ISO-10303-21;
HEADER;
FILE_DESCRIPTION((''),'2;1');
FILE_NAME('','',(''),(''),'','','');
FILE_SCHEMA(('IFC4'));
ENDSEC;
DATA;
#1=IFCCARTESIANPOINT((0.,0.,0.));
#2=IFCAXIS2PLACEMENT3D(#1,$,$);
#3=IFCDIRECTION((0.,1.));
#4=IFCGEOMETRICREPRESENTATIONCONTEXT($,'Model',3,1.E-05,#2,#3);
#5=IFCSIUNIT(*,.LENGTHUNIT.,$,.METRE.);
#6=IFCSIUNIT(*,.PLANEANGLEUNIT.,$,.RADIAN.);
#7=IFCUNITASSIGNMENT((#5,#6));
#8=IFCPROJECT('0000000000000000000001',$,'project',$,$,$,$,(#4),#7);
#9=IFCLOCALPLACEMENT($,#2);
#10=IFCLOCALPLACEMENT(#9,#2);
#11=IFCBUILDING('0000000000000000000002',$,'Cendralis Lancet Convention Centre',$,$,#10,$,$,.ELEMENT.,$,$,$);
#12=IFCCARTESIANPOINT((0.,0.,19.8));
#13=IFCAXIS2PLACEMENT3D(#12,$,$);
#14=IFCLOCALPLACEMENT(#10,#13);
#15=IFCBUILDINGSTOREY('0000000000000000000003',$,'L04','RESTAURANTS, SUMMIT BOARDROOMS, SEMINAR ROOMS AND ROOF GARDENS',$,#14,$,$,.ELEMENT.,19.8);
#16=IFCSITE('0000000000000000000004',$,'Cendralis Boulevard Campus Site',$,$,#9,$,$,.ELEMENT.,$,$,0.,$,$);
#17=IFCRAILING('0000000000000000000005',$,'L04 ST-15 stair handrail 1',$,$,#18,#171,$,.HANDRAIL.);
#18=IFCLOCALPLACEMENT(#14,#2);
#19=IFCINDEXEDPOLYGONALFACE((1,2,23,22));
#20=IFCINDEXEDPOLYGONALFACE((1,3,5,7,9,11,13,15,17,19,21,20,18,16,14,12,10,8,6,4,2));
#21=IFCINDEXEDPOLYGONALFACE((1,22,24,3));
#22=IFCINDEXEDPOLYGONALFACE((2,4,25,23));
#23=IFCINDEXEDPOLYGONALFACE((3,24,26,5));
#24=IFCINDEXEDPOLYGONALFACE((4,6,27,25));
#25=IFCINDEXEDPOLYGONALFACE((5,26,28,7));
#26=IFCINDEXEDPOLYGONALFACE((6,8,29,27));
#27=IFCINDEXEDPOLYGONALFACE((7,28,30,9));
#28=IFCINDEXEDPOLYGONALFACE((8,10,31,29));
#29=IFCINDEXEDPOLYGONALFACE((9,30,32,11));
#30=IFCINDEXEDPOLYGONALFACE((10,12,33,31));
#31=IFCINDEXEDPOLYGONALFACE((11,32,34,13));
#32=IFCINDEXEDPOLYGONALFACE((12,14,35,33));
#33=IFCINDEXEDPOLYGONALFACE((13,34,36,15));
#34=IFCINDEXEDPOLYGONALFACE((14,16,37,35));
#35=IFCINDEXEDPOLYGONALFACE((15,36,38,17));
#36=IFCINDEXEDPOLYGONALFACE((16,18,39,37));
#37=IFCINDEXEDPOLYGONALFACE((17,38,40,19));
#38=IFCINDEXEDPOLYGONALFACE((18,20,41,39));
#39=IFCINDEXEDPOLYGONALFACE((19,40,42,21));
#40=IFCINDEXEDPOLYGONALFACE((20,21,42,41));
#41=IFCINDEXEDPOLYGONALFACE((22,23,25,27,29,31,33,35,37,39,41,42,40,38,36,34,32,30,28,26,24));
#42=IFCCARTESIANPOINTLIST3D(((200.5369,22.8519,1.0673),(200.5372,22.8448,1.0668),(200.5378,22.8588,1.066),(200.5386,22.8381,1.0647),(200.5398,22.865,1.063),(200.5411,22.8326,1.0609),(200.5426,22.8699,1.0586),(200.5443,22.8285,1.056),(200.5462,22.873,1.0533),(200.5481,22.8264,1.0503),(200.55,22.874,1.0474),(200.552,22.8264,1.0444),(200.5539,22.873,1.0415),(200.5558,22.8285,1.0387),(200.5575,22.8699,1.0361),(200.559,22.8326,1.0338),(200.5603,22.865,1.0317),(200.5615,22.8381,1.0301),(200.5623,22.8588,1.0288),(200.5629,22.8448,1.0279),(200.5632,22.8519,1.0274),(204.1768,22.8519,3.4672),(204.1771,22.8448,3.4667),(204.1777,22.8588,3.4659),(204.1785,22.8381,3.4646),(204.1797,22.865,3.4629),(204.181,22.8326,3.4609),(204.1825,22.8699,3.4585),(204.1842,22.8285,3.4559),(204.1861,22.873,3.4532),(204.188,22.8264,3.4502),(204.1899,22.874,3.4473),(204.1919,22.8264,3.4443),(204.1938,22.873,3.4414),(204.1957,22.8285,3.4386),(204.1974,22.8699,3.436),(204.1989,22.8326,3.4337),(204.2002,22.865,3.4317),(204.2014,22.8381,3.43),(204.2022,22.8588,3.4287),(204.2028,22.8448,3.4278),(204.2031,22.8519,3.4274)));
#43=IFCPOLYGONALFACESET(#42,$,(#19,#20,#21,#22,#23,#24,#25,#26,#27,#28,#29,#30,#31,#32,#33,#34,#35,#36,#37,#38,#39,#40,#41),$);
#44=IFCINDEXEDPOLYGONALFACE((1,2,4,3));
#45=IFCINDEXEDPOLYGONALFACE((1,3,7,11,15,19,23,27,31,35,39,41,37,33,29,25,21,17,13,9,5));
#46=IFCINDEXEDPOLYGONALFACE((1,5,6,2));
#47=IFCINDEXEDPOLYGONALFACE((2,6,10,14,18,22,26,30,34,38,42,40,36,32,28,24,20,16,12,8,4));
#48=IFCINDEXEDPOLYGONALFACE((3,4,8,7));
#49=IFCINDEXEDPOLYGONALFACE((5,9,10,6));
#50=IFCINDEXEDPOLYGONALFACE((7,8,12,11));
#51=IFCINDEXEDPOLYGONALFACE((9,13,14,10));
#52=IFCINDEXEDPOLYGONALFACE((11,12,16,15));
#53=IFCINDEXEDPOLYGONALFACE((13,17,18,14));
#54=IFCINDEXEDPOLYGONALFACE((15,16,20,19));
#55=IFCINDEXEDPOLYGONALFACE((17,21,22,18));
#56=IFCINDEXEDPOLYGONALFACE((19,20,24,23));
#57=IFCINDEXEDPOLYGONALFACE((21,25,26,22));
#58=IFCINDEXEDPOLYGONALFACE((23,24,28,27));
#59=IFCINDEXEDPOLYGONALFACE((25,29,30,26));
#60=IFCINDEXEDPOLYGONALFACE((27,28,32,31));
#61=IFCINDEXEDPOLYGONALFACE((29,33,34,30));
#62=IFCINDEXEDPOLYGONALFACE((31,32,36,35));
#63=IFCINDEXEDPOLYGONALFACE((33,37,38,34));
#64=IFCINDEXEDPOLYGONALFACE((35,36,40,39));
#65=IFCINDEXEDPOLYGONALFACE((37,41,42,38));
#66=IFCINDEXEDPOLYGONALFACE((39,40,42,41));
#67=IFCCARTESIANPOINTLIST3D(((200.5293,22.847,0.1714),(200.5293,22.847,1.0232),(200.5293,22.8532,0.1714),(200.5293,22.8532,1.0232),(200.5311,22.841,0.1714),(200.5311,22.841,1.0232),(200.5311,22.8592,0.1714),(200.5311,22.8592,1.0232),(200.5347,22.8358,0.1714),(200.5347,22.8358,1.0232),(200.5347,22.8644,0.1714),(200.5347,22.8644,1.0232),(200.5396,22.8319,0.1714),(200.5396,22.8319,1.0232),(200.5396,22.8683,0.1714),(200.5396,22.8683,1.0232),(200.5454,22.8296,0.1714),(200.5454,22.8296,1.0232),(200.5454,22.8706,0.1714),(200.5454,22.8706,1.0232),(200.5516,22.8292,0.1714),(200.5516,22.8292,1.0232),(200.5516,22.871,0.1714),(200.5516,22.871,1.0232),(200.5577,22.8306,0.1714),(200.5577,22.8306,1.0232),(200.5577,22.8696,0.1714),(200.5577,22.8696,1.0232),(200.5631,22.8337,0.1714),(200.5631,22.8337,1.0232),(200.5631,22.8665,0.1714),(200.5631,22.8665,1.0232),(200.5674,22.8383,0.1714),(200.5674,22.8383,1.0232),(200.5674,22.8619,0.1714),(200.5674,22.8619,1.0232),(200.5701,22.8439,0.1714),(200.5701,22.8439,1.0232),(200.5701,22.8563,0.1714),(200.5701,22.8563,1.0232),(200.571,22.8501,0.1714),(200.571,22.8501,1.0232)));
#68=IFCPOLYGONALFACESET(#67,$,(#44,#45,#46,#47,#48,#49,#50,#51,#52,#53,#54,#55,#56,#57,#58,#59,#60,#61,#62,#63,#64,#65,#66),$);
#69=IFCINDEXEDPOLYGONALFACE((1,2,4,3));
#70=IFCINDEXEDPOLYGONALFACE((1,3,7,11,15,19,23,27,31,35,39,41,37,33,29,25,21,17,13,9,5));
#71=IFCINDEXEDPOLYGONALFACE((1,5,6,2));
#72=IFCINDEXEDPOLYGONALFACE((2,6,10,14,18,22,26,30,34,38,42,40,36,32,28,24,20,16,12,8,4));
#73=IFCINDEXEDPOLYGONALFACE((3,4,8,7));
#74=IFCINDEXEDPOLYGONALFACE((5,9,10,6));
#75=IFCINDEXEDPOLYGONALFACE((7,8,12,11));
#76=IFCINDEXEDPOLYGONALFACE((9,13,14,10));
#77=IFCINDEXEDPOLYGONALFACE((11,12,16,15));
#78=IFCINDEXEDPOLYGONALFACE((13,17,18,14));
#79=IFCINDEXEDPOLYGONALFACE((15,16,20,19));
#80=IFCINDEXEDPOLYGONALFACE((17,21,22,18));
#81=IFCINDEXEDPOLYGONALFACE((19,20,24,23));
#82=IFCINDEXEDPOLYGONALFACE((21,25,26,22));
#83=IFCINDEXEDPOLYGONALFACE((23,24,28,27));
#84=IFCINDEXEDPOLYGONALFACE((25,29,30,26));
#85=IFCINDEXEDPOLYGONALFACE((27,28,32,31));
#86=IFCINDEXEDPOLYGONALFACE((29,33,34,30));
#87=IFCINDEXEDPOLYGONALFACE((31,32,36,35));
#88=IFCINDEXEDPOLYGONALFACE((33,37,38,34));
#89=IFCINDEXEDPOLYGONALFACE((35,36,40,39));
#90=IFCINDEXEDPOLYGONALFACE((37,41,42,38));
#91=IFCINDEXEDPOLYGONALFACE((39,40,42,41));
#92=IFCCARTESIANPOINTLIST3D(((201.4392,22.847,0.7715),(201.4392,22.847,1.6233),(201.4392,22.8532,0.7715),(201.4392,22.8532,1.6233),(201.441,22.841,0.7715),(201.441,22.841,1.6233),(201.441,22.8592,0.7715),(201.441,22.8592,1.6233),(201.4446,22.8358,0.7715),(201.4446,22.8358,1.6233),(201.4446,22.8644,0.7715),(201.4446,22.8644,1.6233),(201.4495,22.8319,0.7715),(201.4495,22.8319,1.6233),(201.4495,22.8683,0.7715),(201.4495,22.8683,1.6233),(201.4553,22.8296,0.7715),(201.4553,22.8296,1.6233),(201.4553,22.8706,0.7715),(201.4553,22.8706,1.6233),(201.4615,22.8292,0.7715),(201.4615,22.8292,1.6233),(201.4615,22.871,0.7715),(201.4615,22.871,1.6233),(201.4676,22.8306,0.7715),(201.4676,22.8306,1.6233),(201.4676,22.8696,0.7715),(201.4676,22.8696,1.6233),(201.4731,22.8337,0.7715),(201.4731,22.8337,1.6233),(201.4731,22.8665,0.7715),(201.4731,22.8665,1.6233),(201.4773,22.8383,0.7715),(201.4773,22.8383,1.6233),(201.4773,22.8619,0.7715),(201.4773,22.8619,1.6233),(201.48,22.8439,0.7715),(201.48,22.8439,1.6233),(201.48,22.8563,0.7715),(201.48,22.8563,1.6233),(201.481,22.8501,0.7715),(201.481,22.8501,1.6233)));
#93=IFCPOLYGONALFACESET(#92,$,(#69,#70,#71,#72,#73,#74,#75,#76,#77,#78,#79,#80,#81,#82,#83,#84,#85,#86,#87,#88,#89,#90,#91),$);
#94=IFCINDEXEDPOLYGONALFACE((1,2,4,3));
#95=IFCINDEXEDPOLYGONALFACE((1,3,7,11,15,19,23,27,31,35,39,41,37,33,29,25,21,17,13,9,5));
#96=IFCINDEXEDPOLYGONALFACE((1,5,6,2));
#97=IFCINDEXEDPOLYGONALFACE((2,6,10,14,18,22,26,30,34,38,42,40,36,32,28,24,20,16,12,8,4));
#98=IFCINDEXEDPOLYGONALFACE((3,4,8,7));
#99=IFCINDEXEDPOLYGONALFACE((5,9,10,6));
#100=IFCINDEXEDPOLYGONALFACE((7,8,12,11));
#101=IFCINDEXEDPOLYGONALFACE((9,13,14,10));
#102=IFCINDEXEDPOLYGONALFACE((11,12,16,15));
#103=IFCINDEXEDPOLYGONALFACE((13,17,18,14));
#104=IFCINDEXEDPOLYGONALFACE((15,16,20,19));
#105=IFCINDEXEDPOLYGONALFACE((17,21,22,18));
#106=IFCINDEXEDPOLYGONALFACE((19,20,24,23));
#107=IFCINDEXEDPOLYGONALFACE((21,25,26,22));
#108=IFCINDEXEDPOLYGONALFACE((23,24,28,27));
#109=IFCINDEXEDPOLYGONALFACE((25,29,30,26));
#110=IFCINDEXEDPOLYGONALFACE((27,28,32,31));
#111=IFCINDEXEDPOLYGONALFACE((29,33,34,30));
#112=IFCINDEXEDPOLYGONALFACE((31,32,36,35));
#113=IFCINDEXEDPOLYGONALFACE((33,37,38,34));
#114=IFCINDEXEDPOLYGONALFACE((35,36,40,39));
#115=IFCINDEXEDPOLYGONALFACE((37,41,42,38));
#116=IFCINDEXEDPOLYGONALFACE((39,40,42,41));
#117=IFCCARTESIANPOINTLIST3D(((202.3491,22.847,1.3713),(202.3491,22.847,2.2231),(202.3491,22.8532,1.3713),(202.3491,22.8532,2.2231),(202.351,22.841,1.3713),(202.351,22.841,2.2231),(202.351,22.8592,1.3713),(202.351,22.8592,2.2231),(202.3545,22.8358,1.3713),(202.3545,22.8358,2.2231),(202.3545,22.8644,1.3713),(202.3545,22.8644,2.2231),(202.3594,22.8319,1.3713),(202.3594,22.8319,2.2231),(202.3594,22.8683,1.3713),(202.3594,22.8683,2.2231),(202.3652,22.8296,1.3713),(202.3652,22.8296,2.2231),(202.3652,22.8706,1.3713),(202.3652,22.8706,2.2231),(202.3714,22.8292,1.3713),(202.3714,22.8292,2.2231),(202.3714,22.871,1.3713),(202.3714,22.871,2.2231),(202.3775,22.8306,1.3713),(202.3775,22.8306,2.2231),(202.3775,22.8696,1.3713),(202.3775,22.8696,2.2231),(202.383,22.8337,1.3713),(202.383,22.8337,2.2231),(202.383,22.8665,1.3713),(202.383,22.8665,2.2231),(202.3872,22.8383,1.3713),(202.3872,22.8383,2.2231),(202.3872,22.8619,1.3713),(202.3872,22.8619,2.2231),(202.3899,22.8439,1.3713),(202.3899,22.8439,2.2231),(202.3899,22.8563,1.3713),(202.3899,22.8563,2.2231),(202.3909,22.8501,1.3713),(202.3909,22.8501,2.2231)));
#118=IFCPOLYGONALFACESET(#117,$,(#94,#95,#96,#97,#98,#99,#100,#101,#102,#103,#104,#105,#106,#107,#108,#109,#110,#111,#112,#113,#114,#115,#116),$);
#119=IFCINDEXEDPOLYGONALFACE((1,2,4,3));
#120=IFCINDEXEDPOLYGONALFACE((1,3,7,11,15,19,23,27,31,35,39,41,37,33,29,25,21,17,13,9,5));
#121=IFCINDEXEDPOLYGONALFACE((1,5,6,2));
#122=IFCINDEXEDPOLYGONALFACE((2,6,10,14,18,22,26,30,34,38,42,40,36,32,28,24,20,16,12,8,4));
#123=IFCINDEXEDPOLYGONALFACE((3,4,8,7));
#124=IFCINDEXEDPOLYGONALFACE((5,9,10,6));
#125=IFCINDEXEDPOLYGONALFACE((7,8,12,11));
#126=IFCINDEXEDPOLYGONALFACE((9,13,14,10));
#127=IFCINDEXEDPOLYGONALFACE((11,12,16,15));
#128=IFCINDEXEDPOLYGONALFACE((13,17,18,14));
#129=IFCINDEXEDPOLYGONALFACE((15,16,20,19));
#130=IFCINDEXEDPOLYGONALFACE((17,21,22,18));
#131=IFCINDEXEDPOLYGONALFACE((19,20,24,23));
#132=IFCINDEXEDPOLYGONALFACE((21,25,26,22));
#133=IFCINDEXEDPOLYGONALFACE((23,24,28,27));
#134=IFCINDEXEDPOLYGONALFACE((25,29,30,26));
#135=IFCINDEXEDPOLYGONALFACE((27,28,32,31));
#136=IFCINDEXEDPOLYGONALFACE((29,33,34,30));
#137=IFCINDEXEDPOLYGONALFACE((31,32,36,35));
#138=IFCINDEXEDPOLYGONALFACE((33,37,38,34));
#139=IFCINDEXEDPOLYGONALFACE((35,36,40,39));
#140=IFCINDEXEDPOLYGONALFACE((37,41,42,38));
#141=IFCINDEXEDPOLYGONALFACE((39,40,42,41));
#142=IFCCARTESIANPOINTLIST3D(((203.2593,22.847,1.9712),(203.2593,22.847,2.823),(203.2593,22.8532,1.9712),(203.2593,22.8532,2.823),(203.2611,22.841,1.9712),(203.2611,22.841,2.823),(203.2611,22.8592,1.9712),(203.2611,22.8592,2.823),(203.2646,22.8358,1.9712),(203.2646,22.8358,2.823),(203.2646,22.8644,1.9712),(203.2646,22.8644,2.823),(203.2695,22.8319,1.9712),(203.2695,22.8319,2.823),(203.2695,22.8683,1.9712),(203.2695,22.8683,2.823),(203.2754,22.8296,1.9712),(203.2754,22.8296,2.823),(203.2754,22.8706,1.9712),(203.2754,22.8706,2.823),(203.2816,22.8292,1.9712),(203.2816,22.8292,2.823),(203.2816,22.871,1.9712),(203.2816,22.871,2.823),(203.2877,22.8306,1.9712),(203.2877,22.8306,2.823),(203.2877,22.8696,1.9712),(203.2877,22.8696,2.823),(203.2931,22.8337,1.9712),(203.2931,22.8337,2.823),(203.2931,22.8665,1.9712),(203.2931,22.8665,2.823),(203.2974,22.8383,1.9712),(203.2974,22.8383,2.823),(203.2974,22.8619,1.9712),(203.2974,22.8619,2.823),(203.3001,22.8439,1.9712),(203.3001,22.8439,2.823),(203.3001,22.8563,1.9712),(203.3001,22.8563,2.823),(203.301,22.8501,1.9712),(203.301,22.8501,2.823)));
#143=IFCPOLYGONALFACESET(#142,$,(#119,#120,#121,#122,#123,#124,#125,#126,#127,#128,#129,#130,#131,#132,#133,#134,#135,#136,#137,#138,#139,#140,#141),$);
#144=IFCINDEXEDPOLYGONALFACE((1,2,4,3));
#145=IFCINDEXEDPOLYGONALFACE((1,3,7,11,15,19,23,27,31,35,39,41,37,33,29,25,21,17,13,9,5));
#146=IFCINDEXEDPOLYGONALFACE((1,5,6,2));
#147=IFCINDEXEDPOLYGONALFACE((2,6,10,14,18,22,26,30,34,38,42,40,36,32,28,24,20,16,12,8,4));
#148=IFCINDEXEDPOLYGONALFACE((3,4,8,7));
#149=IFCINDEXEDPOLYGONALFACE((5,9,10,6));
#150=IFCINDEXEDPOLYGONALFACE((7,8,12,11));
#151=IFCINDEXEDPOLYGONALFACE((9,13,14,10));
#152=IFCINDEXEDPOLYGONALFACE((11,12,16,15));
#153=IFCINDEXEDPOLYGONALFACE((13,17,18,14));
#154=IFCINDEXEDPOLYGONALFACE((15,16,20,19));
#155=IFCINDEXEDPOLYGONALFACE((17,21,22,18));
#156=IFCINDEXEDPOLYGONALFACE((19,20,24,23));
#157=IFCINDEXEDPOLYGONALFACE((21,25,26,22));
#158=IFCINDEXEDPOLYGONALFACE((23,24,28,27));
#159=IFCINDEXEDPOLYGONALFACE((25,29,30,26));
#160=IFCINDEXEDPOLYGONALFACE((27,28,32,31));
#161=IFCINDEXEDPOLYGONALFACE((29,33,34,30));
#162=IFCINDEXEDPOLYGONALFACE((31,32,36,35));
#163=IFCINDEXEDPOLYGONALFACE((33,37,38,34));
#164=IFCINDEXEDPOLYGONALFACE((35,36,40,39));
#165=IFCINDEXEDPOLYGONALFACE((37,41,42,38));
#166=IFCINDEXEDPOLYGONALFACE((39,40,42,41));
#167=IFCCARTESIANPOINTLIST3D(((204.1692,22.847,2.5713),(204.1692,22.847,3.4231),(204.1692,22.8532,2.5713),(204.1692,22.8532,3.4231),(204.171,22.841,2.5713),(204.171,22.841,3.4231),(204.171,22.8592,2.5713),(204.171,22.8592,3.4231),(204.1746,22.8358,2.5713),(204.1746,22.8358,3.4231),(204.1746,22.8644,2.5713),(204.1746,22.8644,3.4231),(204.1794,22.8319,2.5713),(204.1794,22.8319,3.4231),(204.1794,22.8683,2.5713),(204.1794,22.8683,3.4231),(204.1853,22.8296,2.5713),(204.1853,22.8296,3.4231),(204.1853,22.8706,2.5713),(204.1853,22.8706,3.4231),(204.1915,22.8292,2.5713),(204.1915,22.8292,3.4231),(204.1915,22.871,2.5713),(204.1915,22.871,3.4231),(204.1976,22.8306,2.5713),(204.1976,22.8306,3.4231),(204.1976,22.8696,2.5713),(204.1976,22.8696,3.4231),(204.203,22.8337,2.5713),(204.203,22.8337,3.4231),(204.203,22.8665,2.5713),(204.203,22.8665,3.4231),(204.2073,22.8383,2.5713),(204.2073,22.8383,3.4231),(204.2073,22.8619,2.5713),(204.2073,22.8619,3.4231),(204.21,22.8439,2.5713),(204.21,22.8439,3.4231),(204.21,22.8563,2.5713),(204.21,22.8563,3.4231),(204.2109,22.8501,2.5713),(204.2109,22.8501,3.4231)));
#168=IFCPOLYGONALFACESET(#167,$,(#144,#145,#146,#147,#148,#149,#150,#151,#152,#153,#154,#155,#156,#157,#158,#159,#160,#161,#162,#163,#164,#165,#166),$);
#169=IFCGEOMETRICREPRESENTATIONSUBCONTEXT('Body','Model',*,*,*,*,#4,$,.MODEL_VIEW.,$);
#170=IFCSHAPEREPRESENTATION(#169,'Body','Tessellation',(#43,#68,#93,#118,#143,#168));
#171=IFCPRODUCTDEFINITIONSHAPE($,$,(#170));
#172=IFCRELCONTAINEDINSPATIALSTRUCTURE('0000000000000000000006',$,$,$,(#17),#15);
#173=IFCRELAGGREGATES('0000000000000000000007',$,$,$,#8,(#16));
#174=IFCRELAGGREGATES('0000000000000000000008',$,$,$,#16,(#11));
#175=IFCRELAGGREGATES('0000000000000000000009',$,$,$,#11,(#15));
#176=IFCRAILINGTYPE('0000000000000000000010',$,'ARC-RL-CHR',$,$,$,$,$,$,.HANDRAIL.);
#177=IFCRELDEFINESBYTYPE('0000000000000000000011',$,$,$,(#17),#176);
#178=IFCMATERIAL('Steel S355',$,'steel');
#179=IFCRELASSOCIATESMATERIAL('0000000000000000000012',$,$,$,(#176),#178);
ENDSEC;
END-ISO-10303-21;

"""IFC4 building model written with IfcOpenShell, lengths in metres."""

from ifc_helpers import new_model, si_unit, direction, frame, origin, origin_2d, place, context, subcontext, project, spatial, circle, extrude, material, type_object, element, save


model = new_model("IFC4")

# Units and contexts
model_context = context("Model", 3, precision=1e-05, world=origin(), true_north=direction((0.0, 1.0)))
body_context = subcontext(model_context, "Body", "Model", "MODEL_VIEW")
ifc_project = project(units=[si_unit("LENGTHUNIT", "METRE"), si_unit("PLANEANGLEUNIT", "RADIAN")], contexts=[model_context])

# Site, building, storey
site_placement = place(None, origin())
site = spatial("IfcSite", under=ifc_project, at=site_placement, Name="Cendralis Boulevard Campus Site", CompositionType="ELEMENT", RefElevation=0.0)
building_placement = place(site_placement, origin())
building = spatial("IfcBuilding", under=site, at=building_placement, Name="Cendralis Lancet Convention Centre", CompositionType="ELEMENT")
storey_placement = place(building_placement, frame((0.0, 0.0, 19.8)))
storey = spatial("IfcBuildingStorey", under=building, at=storey_placement, Name="L04", Description="RESTAURANTS, SUMMIT BOARDROOMS, SEMINAR ROOMS AND ROOF GARDENS", CompositionType="ELEMENT", Elevation=19.8)

# Shared definitions
ifc_material_1 = material(Name="Steel S355", Category="steel")

# Railing
railing_type_1 = type_object("IfcRailingType", Name="ARC-RL-CHR", PredefinedType="HANDRAIL", material=ifc_material_1)
railing_1_placement = place(storey_placement, frame((200.55, 22.8501, 0.1714)))
element("IfcRailing", 1, at=railing_1_placement, inside=storey, type_object=railing_type_1, Name="L04 ST-15 stair handrail 1", PredefinedType="HANDRAIL", context=body_context, shape_type="SweptSolid", body=[
    extrude(circle(Radius=0.0239, at=origin_2d()), frame((0.0, 0.0, 0.876), z_axis=(0.834865, 0.0, 0.550454), x_axis=(0.0, 1.0, 0.0)), (0.0, 0.0, 1.0), 4.3599),
    extrude(circle(Radius=0.021, at=origin_2d()), origin(), (0.0, 0.0, 1.0), 0.8518),
    extrude(circle(Radius=0.021, at=origin_2d()), frame((0.9099, 0.0, 0.6001)), (0.0, 0.0, 1.0), 0.8518),
    extrude(circle(Radius=0.021, at=origin_2d()), frame((1.8198, 0.0, 1.2)), (0.0, 0.0, 1.0), 0.8518),
    extrude(circle(Radius=0.021, at=origin_2d()), frame((2.73, 0.0, 1.7998)), (0.0, 0.0, 1.0), 0.8518),
    extrude(circle(Radius=0.021, at=origin_2d()), frame((3.6399, 0.0, 2.3999)), (0.0, 0.0, 1.0), 0.8518),
])

save(model, "model.ifc")
